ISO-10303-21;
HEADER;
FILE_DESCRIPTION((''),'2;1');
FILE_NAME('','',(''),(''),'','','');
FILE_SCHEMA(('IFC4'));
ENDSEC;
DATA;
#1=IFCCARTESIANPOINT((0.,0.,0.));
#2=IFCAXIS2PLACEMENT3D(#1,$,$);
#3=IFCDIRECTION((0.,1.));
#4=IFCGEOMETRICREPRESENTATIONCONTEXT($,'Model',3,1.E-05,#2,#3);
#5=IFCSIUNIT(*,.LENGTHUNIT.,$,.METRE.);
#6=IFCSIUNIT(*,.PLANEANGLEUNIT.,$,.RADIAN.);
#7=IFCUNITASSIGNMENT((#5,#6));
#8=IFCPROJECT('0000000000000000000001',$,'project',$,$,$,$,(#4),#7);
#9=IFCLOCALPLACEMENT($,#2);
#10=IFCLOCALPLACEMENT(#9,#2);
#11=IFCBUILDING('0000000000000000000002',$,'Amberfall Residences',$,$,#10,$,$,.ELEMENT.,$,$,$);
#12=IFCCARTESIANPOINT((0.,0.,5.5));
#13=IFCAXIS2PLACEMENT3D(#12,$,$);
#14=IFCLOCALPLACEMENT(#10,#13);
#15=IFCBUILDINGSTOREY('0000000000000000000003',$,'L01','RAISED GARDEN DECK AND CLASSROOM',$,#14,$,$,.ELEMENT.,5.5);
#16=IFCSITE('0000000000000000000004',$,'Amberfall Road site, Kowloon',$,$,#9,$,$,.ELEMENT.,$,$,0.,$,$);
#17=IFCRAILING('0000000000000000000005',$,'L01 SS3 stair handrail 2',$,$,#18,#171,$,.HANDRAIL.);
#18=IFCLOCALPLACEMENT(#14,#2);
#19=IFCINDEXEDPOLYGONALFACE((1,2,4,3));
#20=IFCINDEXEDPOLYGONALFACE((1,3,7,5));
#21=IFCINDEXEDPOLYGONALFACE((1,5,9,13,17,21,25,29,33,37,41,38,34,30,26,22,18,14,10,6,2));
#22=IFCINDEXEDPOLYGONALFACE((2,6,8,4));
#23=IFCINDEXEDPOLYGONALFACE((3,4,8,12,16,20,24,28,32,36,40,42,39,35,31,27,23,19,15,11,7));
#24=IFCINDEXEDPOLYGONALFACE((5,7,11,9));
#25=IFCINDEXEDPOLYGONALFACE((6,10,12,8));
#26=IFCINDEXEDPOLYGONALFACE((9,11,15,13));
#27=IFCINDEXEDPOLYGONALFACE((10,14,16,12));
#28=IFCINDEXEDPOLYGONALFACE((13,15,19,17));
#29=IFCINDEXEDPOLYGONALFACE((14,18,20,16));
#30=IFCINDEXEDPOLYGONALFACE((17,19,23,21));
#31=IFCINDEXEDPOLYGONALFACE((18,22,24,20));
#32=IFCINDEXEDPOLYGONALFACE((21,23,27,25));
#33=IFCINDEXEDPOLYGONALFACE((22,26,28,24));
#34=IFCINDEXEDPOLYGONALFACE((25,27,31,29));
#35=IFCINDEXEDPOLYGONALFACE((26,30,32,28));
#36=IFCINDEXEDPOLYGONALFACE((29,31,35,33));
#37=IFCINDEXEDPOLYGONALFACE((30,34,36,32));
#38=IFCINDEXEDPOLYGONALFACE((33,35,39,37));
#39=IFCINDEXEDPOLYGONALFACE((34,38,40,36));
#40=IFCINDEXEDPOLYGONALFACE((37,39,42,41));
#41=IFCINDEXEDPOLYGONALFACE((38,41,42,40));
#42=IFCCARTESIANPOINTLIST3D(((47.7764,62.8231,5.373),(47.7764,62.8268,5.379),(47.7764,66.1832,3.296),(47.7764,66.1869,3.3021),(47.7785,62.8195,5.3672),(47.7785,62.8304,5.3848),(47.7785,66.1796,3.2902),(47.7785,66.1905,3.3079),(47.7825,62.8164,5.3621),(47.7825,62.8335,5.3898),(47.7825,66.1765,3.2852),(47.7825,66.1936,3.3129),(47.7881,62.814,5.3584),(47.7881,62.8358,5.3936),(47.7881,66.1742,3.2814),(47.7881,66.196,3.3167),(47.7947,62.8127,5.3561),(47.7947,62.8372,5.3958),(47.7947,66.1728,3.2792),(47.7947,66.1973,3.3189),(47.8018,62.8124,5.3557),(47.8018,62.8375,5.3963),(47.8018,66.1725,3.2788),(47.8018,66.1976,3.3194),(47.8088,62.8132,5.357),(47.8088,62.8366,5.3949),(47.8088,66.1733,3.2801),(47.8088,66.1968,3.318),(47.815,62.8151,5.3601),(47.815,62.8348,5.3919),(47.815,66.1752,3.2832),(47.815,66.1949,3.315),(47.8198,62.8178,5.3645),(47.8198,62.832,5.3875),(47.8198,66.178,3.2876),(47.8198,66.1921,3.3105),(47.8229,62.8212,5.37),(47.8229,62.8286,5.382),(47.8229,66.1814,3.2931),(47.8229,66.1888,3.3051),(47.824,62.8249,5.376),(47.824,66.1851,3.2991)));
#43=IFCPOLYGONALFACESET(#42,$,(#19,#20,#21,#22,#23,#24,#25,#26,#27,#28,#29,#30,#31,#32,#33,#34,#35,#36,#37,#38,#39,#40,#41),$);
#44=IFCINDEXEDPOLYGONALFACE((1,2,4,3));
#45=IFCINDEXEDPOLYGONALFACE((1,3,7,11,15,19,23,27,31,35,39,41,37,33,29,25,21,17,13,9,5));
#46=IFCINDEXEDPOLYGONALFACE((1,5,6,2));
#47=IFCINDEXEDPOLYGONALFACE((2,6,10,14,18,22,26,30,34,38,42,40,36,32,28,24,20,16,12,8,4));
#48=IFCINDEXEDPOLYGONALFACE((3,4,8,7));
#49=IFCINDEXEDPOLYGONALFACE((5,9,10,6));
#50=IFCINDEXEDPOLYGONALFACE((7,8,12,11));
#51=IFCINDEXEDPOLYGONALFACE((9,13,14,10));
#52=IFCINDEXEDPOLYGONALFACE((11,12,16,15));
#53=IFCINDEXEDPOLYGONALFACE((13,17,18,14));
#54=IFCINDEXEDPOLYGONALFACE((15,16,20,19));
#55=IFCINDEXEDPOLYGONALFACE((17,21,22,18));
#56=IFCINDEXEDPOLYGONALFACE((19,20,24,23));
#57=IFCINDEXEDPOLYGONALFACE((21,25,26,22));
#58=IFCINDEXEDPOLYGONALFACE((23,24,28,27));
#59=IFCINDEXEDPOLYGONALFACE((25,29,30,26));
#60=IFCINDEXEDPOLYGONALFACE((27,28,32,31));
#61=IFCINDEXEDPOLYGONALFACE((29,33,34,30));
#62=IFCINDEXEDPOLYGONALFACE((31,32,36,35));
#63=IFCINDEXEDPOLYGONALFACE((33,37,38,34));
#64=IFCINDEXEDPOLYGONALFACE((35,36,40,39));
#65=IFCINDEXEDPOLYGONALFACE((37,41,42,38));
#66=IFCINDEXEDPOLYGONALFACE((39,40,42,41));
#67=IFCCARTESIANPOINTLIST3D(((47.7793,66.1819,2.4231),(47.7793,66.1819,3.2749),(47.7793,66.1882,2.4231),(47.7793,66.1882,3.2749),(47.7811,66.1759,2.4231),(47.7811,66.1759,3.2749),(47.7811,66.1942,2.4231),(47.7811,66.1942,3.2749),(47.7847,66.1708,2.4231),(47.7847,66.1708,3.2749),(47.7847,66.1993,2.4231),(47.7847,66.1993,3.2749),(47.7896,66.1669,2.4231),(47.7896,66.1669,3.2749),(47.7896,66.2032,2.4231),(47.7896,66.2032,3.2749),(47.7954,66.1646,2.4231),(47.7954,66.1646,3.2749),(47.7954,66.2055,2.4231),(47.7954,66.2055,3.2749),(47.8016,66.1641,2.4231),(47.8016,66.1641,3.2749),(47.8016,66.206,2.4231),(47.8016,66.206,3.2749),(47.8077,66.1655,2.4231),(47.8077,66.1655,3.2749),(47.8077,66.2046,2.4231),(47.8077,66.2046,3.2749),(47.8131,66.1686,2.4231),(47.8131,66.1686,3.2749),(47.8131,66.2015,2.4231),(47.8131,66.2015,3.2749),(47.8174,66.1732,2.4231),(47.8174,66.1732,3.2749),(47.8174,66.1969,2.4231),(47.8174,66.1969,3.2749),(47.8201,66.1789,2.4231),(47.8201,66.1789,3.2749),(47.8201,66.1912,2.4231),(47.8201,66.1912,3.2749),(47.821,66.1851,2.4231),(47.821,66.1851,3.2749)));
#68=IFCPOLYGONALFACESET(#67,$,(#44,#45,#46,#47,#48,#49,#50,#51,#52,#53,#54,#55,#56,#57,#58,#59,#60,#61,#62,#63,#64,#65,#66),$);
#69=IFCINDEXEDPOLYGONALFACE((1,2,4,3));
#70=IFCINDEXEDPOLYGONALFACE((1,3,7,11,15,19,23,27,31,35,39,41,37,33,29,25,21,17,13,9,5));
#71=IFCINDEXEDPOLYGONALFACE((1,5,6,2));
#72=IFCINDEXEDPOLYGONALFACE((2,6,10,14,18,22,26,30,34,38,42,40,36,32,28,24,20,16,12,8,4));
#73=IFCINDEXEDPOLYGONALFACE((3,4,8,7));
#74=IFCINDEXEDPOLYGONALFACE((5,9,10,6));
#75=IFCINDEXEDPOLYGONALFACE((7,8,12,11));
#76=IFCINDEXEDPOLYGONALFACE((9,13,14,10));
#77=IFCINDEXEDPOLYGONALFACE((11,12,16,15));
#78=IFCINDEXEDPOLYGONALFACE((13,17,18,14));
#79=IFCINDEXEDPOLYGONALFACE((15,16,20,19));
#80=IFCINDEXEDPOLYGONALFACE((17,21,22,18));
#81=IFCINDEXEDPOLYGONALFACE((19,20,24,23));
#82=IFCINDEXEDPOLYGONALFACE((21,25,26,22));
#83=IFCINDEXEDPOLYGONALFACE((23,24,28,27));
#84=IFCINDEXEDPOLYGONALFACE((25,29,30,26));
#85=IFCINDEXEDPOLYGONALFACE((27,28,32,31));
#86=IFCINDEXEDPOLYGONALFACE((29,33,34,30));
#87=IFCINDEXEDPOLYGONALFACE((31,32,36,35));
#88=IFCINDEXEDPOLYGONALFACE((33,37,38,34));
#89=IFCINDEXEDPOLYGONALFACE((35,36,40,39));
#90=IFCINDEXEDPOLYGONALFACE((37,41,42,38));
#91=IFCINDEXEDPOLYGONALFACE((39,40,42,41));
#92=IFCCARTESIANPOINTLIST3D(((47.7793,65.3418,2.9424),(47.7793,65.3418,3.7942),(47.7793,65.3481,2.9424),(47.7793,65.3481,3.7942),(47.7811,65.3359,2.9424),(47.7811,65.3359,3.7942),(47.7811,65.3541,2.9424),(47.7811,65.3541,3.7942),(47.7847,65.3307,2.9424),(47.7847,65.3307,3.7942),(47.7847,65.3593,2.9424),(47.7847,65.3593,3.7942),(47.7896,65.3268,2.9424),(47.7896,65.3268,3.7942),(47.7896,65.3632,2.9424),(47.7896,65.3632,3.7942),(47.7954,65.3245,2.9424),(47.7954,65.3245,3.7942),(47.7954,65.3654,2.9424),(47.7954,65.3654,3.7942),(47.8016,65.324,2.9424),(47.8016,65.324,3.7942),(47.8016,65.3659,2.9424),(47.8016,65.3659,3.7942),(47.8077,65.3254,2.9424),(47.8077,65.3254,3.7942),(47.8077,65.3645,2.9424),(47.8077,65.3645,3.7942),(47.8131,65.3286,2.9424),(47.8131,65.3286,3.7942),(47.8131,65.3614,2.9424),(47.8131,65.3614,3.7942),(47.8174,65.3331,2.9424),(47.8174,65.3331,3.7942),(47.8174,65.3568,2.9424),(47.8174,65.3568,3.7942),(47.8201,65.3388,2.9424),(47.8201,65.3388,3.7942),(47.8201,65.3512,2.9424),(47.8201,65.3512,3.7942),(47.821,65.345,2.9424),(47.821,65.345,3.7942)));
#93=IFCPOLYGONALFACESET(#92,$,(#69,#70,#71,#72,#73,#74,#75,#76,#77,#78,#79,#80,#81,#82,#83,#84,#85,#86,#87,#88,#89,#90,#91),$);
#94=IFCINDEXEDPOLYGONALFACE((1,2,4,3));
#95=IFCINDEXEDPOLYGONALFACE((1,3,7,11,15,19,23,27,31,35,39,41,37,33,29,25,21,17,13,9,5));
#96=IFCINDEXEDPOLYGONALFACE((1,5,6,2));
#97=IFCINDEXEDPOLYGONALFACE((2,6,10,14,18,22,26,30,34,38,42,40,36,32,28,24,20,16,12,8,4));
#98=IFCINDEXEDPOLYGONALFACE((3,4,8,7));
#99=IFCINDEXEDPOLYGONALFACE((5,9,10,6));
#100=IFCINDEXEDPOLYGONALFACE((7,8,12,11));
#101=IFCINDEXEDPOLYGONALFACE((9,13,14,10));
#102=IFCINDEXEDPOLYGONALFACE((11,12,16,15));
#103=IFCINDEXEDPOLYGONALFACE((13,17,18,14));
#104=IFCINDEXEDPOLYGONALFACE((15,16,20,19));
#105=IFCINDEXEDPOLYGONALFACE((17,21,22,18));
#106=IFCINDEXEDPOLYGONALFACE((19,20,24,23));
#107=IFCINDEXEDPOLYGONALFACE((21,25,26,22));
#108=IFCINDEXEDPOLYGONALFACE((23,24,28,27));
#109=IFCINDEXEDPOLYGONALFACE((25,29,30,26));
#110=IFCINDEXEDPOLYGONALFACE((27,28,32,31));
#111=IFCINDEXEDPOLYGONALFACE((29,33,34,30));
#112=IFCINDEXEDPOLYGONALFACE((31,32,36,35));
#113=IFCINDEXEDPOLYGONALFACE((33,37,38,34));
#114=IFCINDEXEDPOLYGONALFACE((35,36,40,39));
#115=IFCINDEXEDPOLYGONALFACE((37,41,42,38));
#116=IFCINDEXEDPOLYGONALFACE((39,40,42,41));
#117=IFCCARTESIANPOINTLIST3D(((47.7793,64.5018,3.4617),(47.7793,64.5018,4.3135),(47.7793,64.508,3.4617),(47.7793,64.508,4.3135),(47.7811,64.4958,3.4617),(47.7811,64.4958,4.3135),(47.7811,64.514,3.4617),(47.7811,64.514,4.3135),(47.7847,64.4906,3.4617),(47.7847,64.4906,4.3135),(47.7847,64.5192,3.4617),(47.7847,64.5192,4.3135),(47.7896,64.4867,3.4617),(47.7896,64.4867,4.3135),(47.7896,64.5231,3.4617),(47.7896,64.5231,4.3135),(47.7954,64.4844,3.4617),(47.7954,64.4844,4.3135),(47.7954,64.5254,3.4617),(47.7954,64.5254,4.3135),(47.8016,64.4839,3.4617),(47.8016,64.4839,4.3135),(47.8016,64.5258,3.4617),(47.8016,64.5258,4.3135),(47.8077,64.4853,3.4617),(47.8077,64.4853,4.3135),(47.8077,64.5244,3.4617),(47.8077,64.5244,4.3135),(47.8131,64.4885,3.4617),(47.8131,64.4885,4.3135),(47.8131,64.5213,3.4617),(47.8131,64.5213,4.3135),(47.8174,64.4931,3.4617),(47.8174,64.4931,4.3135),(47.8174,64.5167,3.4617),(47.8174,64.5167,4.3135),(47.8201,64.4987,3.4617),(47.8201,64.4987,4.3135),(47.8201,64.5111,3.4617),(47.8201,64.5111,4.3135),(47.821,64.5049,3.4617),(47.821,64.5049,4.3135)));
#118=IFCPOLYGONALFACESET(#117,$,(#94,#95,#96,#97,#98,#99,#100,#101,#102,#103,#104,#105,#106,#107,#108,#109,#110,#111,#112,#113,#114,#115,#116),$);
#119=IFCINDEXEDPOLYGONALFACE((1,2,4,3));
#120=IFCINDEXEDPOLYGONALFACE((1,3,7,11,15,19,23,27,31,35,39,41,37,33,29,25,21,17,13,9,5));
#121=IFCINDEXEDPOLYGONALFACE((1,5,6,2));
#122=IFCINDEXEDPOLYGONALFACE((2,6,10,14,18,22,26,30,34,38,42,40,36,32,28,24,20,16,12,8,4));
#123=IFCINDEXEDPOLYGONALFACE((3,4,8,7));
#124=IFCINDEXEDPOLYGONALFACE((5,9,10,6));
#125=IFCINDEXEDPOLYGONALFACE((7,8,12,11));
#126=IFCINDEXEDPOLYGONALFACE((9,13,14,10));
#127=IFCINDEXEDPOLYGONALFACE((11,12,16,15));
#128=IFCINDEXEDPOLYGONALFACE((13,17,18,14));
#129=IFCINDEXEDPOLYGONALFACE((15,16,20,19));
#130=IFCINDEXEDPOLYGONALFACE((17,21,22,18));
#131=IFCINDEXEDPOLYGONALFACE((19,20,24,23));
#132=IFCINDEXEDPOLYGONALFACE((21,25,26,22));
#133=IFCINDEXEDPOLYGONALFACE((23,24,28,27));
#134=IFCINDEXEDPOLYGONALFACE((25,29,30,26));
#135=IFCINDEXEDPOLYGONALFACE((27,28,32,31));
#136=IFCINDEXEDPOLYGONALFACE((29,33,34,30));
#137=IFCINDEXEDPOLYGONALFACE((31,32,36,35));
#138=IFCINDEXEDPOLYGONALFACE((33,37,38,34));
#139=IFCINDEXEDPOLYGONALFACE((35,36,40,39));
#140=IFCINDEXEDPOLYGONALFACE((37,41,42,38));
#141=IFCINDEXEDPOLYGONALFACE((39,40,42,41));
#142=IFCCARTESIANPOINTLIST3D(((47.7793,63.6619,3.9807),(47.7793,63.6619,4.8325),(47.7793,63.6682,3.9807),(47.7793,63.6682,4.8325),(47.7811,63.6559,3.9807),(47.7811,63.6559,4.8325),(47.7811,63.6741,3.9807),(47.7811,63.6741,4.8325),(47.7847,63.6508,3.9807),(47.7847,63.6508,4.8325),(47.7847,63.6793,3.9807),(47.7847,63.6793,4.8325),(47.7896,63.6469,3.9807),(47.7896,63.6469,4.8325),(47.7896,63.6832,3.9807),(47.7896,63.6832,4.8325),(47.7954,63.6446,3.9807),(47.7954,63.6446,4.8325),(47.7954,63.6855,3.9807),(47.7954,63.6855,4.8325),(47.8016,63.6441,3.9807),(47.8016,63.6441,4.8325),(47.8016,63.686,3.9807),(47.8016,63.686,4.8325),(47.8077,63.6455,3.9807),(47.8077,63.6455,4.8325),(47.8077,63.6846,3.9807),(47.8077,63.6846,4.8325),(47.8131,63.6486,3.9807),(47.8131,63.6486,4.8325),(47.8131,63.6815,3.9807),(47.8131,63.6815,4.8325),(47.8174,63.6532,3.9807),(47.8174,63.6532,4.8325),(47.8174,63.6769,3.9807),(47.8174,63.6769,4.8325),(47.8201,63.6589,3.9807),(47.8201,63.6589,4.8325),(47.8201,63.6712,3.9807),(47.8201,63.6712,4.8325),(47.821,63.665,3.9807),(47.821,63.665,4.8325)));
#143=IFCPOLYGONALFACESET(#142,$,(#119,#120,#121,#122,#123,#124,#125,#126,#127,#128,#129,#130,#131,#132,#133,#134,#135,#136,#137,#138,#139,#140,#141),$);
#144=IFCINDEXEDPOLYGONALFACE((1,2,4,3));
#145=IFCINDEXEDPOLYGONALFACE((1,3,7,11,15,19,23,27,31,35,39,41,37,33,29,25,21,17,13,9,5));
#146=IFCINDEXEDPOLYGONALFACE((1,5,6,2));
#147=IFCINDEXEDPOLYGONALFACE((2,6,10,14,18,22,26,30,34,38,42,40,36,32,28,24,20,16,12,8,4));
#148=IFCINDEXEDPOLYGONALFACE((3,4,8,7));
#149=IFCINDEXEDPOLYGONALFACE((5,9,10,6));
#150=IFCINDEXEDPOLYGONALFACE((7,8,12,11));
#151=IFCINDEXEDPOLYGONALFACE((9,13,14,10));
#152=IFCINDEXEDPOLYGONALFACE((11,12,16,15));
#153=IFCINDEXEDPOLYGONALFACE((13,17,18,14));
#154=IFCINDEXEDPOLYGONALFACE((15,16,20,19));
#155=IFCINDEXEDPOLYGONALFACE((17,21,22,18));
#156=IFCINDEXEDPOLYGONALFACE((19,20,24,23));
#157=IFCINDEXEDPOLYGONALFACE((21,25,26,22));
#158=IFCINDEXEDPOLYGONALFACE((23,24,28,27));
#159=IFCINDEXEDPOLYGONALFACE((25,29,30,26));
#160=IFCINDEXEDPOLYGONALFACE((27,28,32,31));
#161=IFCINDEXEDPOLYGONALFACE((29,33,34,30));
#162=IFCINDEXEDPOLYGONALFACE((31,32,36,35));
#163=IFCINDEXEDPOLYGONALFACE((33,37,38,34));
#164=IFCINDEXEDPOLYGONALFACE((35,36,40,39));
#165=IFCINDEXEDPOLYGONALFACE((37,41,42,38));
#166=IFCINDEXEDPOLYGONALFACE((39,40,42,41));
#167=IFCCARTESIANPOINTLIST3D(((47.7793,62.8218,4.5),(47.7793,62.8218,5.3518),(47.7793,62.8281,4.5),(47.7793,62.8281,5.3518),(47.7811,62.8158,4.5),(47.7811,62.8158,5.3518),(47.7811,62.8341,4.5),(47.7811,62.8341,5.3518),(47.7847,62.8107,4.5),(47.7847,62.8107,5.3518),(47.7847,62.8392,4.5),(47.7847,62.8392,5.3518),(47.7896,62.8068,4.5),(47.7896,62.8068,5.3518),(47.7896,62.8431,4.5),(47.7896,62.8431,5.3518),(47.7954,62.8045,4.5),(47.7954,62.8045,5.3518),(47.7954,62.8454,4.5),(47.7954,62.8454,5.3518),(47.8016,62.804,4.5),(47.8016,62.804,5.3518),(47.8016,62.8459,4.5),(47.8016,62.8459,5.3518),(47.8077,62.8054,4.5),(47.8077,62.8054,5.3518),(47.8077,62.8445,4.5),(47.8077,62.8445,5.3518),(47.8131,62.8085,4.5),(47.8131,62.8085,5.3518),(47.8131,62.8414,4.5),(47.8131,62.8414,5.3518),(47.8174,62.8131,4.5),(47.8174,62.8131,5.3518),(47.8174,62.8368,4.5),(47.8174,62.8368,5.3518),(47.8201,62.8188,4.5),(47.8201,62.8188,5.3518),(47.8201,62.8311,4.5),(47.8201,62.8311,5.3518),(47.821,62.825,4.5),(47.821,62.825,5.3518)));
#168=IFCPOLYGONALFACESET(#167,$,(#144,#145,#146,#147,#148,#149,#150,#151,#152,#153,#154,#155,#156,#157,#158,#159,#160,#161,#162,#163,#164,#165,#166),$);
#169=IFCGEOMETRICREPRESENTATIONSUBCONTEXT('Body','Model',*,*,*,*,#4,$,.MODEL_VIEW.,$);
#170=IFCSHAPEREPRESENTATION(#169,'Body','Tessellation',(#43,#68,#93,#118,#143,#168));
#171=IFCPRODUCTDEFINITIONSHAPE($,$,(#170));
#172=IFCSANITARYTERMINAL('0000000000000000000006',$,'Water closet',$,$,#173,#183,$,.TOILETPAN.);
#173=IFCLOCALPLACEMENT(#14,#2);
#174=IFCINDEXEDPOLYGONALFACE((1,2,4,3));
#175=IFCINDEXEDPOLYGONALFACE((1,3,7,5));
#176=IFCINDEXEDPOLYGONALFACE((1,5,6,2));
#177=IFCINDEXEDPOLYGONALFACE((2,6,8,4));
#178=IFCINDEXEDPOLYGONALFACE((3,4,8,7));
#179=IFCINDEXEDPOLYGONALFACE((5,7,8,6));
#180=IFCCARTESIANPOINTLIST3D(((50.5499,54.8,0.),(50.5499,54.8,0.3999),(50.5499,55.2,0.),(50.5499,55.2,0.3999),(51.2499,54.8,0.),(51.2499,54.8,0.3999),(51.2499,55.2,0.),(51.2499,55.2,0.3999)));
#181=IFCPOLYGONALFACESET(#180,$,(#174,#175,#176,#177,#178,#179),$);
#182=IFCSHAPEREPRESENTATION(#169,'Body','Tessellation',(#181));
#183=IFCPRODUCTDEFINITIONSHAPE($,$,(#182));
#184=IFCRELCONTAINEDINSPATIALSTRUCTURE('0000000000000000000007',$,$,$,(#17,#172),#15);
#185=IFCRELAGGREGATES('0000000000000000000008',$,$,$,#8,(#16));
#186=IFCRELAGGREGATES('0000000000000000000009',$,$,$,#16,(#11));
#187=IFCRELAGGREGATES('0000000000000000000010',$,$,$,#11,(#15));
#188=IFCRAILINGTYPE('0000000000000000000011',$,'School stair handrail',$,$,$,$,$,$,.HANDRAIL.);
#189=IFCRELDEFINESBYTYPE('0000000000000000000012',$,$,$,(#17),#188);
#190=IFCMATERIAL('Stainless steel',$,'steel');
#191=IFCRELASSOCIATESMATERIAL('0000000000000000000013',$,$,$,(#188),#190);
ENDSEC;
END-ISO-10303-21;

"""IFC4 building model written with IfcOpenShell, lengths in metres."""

from ifc_helpers import new_model, si_unit, direction, frame, origin, origin_2d, place, context, subcontext, project, spatial, rectangle, circle, extrude, material, type_object, element, save


model = new_model("IFC4")

# Units and contexts
model_context = context("Model", 3, precision=1e-05, world=origin(), true_north=direction((0.0, 1.0)))
body_context = subcontext(model_context, "Body", "Model", "MODEL_VIEW")
ifc_project = project(units=[si_unit("LENGTHUNIT", "METRE"), si_unit("PLANEANGLEUNIT", "RADIAN")], contexts=[model_context])

# Site, building, storey
site_placement = place(None, origin())
site = spatial("IfcSite", under=ifc_project, at=site_placement, Name="Amberfall Road site, Kowloon", CompositionType="ELEMENT", RefElevation=0.0)
building_placement = place(site_placement, origin())
building = spatial("IfcBuilding", under=site, at=building_placement, Name="Amberfall Residences", CompositionType="ELEMENT")
storey_placement = place(building_placement, frame((0.0, 0.0, 5.5)))
storey = spatial("IfcBuildingStorey", under=building, at=storey_placement, Name="L01", Description="RAISED GARDEN DECK AND CLASSROOM", CompositionType="ELEMENT", Elevation=5.5)

# Railing
ifc_material_1 = material(Name="Stainless steel", Category="steel")
railing_type_1 = type_object("IfcRailingType", Name="School stair handrail", PredefinedType="HANDRAIL", material=ifc_material_1)
railing_1_placement = place(storey_placement, frame((47.8, 66.1851, 2.4231)))
element("IfcRailing", 1, at=railing_1_placement, inside=storey, type_object=railing_type_1, Name="L01 SS3 stair handrail 2", PredefinedType="HANDRAIL", context=body_context, shape_type="SweptSolid", body=[
    extrude(circle(Radius=0.0239, at=origin_2d()), frame((0.0, 0.0, 0.876), z_axis=(0.0, -0.850623, 0.525776), x_axis=(1.0, 0.0, 0.0)), (0.0, 0.0, 1.0), 3.9502),
    extrude(circle(Radius=0.021, at=origin_2d()), origin(), (0.0, 0.0, 1.0), 0.8518),
    extrude(circle(Radius=0.021, at=origin_2d()), frame((0.0, -0.8401, 0.5193)), (0.0, 0.0, 1.0), 0.8518),
    extrude(circle(Radius=0.021, at=origin_2d()), frame((0.0, -1.6802, 1.0386)), (0.0, 0.0, 1.0), 0.8518),
    extrude(circle(Radius=0.021, at=origin_2d()), frame((0.0, -2.52, 1.5576)), (0.0, 0.0, 1.0), 0.8518),
    extrude(circle(Radius=0.021, at=origin_2d()), frame((0.0, -3.3601, 2.0769)), (0.0, 0.0, 1.0), 0.8518),
])

# Sanitary terminal
sanitary_terminal_placement = place(storey_placement, frame((50.8999, 55.0, 0.0), z_axis=(0.0, 0.0, 1.0), x_axis=(1.0, 0.0, 0.0)))
element("IfcSanitaryTerminal", 2, at=sanitary_terminal_placement, inside=storey, Name="Water closet", PredefinedType="TOILETPAN", context=body_context, shape_type="SweptSolid", body=[
    extrude(rectangle(XDim=0.7, YDim=0.3999, at=origin_2d()), origin(), (0.0, 0.0, 1.0), 0.3999),
])

save(model, "model.ifc")
